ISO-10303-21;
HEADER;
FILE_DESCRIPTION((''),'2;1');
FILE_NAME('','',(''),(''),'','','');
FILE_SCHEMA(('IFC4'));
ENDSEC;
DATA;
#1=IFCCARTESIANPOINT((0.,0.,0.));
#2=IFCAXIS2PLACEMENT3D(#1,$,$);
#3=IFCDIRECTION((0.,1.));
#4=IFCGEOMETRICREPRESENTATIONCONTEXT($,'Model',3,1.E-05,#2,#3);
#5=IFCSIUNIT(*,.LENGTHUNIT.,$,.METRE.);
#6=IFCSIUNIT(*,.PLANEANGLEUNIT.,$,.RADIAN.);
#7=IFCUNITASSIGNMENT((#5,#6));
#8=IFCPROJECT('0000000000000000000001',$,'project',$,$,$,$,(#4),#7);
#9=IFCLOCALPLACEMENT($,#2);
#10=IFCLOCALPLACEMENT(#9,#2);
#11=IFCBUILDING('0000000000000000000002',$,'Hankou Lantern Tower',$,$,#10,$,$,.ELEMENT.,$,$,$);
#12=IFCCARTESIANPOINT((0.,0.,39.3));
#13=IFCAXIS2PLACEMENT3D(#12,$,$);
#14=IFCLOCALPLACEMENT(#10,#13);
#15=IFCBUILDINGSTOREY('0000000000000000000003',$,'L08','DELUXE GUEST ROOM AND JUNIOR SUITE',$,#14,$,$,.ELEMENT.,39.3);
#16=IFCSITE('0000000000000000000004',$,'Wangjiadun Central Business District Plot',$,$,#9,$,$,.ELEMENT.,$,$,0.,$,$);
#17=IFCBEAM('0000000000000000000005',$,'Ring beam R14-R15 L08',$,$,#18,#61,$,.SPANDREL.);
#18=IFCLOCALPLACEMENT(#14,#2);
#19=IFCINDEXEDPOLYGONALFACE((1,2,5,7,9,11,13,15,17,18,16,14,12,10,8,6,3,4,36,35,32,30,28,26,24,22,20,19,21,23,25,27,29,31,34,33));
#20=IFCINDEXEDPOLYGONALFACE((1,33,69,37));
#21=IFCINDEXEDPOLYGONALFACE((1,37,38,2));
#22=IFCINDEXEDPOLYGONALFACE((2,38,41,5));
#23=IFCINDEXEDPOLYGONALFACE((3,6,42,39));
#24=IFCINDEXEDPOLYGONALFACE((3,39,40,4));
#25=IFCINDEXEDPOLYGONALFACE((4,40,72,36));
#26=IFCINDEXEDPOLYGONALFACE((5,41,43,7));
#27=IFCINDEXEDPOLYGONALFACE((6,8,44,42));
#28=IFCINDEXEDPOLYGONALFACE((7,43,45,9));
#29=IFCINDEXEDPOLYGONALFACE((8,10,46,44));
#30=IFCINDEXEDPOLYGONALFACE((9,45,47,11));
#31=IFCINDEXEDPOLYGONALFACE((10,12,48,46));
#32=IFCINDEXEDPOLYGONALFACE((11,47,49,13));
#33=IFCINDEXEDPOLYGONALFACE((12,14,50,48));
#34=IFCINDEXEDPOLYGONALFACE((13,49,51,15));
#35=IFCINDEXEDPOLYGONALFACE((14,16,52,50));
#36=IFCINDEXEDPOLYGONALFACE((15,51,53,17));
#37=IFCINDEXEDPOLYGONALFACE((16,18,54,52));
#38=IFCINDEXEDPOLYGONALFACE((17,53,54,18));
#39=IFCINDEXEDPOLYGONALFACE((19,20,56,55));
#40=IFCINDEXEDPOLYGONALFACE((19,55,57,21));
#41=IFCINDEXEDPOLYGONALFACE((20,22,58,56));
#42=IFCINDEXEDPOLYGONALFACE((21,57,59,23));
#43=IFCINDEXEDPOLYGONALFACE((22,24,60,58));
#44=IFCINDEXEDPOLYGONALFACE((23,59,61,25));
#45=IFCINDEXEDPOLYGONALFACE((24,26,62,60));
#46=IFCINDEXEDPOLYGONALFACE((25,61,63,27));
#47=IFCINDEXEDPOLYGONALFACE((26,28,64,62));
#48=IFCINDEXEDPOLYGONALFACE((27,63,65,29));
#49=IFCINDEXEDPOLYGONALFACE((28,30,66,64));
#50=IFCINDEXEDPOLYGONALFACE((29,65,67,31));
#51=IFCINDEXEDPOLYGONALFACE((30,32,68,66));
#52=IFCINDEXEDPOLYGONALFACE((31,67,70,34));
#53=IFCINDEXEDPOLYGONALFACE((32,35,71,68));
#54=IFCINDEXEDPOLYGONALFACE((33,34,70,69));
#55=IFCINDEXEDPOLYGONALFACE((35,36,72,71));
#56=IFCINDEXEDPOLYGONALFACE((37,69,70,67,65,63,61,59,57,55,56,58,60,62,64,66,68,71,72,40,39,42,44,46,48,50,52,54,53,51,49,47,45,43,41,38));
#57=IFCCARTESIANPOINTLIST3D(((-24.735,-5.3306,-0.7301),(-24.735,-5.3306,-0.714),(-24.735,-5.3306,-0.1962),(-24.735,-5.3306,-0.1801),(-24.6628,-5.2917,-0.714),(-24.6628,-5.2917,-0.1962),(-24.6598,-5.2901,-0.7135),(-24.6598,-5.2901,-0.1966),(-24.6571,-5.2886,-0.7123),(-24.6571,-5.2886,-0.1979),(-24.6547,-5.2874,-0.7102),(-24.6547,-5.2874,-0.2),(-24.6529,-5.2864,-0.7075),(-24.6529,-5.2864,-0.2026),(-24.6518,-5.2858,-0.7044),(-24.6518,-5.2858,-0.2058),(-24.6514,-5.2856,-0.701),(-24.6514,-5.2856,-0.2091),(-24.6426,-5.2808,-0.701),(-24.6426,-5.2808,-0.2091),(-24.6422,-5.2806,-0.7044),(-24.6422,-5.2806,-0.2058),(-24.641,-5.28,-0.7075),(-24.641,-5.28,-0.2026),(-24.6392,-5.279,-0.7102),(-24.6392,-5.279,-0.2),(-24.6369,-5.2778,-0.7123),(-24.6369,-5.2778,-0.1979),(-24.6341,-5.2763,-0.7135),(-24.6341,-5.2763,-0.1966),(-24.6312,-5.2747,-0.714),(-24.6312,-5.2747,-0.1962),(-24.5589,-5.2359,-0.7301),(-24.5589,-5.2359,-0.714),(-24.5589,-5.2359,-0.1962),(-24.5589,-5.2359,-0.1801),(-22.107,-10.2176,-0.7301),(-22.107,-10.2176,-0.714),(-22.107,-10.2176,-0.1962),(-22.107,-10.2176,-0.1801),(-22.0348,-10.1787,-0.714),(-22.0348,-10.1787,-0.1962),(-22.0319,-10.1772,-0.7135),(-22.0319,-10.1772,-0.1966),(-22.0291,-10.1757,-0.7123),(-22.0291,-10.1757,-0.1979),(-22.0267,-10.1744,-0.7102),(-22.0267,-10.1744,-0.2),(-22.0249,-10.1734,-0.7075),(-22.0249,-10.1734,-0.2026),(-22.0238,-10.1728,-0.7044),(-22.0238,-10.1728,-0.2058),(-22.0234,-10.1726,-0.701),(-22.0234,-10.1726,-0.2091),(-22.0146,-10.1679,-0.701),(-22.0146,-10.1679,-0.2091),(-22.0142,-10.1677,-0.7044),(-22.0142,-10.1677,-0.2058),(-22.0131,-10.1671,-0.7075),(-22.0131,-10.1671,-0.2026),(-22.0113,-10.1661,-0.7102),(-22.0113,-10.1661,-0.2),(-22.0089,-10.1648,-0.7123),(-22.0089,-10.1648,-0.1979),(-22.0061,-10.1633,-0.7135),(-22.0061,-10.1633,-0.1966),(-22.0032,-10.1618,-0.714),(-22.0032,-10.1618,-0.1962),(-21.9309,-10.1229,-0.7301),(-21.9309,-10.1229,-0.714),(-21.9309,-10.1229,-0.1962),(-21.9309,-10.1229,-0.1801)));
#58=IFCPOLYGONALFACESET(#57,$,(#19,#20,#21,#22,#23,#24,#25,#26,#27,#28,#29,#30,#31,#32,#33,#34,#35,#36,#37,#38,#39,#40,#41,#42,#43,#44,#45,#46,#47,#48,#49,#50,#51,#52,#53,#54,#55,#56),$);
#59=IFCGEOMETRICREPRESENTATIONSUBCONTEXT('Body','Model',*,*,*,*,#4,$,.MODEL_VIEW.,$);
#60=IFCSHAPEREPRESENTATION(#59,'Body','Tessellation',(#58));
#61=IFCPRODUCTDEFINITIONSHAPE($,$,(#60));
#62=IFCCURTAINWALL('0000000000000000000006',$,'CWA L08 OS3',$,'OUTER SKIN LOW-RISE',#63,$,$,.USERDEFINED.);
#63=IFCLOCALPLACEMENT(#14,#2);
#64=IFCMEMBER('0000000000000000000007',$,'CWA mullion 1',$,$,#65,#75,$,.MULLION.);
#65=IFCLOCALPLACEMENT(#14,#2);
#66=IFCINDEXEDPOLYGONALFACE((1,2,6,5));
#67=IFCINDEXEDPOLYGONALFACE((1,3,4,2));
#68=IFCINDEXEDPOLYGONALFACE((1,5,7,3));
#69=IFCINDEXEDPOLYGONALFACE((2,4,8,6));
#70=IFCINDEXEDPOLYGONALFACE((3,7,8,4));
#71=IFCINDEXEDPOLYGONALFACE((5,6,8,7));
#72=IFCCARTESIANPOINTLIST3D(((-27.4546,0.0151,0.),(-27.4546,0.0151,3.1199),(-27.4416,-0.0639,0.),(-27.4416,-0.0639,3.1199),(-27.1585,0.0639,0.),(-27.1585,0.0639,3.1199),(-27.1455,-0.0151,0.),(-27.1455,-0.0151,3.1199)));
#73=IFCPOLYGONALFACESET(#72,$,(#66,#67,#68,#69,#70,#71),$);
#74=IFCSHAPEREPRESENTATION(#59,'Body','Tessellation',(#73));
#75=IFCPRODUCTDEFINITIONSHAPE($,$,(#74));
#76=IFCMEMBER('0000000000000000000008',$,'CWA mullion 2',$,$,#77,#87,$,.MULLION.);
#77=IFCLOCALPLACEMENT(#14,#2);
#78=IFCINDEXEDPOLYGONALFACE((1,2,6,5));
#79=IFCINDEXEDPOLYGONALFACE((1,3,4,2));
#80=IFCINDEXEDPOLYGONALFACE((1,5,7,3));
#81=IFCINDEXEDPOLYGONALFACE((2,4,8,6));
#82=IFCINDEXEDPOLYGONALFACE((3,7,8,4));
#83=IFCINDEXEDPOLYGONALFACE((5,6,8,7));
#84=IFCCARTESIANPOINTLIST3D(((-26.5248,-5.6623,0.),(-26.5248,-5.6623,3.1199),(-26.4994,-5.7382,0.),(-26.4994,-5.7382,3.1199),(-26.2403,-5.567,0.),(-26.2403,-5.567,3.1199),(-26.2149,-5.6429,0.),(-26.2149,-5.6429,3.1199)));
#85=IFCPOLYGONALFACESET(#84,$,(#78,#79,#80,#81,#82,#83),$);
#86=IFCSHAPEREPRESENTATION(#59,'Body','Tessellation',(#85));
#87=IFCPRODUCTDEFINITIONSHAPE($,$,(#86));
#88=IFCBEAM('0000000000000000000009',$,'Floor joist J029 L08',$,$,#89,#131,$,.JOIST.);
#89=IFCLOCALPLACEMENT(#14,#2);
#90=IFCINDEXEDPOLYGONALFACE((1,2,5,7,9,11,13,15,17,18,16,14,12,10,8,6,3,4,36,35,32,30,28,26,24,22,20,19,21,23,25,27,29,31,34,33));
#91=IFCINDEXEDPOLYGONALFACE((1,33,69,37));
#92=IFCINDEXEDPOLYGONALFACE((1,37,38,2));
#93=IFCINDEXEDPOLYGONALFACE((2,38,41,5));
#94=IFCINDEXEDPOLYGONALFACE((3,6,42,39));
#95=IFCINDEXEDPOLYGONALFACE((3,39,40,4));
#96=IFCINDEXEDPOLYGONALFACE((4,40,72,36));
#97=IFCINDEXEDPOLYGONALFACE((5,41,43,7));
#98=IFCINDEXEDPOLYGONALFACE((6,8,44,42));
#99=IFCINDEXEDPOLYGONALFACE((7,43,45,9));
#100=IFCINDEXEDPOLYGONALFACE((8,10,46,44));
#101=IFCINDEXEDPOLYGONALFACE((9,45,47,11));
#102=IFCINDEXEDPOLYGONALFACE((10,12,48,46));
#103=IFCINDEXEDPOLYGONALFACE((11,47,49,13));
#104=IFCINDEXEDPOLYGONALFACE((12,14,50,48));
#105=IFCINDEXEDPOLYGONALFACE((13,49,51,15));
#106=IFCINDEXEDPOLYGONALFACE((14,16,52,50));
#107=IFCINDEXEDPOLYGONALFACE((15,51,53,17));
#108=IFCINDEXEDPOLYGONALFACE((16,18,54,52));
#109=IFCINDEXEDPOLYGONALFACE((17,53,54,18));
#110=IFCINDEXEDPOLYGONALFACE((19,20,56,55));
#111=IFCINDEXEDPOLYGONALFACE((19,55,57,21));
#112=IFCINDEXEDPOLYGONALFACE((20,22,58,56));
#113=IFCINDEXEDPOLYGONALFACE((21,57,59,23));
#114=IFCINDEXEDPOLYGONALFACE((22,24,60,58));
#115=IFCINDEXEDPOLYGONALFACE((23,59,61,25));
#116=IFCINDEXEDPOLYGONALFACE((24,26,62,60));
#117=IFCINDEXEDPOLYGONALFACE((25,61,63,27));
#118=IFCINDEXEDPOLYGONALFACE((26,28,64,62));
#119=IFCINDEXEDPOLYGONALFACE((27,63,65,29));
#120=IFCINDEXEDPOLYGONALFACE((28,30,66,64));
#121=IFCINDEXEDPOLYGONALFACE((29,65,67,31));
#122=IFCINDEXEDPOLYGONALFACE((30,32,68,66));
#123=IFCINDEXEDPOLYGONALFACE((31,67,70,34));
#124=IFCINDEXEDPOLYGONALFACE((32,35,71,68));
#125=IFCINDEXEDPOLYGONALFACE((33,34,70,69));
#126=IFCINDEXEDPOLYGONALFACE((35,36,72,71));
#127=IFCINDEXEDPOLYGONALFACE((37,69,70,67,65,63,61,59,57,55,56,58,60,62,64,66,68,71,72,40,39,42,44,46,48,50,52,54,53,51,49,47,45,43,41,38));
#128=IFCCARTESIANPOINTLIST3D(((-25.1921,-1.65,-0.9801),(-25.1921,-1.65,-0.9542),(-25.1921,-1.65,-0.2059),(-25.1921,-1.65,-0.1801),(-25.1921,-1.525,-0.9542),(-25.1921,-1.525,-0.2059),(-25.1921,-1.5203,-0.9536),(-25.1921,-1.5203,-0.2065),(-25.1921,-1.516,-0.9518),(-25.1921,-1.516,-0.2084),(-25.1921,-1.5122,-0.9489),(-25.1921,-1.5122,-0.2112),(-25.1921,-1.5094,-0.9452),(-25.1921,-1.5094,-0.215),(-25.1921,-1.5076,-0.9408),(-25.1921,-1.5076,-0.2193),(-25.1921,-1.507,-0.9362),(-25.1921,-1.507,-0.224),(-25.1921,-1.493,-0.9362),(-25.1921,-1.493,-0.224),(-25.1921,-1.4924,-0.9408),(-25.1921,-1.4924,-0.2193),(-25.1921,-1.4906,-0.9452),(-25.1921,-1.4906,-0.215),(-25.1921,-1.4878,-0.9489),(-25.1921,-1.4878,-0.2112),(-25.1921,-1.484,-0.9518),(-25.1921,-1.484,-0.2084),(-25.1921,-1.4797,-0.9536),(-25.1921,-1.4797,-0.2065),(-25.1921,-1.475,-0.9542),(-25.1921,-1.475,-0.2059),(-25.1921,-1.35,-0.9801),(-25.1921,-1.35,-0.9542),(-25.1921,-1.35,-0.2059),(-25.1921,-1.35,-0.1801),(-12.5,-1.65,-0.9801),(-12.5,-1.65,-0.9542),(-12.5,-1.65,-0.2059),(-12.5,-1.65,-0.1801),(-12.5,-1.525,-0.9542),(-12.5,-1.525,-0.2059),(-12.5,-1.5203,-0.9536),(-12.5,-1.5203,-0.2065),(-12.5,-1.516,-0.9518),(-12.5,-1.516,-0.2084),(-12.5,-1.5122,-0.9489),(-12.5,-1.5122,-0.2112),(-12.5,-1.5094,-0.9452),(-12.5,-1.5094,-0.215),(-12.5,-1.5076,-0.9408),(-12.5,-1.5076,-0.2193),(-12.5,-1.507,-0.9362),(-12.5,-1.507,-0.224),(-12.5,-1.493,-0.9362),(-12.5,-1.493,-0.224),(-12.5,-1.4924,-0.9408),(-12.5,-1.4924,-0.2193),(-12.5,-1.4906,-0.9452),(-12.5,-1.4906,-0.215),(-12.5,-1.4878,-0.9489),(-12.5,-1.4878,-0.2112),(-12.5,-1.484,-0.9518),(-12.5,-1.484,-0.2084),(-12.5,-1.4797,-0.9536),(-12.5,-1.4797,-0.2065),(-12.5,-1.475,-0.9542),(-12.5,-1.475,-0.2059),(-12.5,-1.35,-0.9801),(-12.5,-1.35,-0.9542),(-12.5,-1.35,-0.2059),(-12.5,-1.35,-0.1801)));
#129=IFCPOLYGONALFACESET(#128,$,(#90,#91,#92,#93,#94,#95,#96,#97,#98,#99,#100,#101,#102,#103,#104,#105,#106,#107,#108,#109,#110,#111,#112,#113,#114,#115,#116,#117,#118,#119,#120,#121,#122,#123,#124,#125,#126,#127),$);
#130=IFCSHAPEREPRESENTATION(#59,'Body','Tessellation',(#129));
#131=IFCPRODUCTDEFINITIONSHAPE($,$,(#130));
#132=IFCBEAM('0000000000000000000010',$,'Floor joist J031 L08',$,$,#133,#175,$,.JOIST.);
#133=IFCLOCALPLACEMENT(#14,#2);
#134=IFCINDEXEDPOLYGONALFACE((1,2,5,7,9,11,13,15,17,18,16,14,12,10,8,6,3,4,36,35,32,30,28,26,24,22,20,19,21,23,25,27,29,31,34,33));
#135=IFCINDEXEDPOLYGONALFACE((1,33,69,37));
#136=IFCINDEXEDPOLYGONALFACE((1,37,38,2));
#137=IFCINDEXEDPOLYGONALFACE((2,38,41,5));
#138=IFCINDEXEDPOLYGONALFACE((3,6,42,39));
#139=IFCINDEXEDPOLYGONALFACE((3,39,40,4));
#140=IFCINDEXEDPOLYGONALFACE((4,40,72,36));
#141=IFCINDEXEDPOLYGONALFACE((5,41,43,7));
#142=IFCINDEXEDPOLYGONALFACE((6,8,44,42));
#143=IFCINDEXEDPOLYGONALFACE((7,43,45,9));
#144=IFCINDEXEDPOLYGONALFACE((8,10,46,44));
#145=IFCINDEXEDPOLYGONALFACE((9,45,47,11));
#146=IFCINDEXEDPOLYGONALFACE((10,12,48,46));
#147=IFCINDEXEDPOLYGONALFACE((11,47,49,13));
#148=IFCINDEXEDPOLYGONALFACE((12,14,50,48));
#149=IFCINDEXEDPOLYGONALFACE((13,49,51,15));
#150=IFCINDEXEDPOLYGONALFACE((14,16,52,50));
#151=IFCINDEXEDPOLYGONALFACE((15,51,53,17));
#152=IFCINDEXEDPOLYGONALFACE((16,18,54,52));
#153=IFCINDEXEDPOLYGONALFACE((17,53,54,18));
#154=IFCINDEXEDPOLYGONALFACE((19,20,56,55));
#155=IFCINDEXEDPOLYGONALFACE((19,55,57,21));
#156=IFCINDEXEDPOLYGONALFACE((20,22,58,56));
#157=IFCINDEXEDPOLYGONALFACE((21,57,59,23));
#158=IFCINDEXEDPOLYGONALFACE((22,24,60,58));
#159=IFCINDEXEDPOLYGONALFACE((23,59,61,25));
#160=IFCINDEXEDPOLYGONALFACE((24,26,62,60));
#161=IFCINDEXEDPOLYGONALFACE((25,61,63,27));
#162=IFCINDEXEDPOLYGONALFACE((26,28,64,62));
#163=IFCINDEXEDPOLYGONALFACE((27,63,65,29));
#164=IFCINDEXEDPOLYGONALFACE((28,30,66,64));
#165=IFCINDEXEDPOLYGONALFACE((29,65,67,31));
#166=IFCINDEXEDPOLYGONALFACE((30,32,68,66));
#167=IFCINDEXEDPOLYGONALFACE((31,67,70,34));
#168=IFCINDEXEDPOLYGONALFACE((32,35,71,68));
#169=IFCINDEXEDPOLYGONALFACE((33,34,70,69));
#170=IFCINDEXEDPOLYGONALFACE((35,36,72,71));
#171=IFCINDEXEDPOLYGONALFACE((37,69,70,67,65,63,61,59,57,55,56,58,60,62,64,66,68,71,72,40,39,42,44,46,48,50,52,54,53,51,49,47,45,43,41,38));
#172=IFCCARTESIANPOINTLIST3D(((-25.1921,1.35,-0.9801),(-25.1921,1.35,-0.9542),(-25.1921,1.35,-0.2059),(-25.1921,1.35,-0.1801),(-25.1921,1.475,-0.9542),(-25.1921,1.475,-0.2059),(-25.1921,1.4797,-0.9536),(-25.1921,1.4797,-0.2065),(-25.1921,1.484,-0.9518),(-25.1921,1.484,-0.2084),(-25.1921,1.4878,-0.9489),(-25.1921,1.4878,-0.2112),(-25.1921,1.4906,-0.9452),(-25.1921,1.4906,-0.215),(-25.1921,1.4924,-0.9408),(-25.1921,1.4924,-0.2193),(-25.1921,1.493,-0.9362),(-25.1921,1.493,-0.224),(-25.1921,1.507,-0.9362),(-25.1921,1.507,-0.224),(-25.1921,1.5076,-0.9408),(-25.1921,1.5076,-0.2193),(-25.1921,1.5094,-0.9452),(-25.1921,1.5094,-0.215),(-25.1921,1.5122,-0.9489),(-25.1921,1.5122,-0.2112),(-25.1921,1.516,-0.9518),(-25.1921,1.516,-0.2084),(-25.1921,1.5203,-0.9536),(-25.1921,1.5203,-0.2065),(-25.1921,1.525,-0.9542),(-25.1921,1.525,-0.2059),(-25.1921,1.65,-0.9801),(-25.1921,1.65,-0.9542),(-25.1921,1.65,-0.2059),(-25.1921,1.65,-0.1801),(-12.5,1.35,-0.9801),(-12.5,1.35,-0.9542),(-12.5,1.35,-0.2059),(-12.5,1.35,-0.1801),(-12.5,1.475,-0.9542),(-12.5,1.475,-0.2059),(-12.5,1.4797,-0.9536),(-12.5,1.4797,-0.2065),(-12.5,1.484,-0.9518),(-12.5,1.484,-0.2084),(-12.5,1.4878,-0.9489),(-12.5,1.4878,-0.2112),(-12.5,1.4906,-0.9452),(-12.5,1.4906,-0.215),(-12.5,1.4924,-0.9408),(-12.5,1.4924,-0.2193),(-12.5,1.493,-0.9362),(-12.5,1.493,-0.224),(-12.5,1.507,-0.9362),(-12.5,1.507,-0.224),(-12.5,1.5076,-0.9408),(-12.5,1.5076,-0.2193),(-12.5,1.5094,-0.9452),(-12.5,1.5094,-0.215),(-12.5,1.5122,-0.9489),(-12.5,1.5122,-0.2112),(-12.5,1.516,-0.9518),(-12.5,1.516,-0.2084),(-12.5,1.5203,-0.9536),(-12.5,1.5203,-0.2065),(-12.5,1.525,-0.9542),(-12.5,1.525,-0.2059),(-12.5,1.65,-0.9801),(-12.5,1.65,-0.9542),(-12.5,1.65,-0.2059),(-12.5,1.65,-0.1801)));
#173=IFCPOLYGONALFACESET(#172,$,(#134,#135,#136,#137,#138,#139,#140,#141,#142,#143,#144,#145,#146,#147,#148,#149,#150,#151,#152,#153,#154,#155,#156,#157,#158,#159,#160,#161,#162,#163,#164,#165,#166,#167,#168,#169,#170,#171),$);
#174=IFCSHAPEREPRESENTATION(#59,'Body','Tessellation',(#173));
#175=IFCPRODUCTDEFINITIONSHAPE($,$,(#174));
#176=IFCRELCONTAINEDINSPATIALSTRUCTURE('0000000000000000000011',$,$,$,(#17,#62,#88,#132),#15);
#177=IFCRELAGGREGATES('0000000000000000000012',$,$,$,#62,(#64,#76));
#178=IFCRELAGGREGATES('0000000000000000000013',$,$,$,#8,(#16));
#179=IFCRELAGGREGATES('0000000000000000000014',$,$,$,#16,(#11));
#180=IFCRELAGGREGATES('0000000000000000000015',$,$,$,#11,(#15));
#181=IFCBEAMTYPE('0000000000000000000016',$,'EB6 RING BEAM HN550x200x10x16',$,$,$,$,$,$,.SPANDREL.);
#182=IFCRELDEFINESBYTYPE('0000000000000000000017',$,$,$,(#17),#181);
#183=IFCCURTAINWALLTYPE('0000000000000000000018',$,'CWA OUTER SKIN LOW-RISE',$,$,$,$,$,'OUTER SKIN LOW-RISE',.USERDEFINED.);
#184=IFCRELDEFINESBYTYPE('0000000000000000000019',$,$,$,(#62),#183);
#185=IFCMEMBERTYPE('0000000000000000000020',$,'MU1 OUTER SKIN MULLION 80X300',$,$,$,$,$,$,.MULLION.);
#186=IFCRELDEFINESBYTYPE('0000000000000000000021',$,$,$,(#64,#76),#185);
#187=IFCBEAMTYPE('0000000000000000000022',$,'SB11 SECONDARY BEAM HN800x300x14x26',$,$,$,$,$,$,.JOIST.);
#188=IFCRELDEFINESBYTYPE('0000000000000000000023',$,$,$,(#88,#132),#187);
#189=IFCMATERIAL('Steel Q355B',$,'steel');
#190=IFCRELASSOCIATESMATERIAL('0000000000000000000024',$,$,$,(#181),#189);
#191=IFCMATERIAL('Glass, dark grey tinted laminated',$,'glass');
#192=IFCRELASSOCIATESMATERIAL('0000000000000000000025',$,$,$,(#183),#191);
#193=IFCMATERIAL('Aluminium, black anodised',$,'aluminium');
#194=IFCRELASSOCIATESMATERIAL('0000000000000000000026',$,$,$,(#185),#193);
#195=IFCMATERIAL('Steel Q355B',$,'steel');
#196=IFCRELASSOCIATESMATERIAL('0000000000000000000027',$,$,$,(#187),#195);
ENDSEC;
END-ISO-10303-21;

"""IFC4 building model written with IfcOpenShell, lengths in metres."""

from ifc_helpers import new_model, si_unit, direction, frame, origin, origin_2d, place, context, subcontext, project, spatial, rectangle, i_section, extrude, material, material_profile, profile_set, type_object, element, aggregate, save


model = new_model("IFC4")

# Units and contexts
model_context = context("Model", 3, precision=1e-05, world=origin(), true_north=direction((0.0, 1.0)))
body_context = subcontext(model_context, "Body", "Model", "MODEL_VIEW")
ifc_project = project(units=[si_unit("LENGTHUNIT", "METRE"), si_unit("PLANEANGLEUNIT", "RADIAN")], contexts=[model_context])

# Site, building, storey
site_placement = place(None, origin())
site = spatial("IfcSite", under=ifc_project, at=site_placement, Name="Wangjiadun Central Business District Plot", CompositionType="ELEMENT", RefElevation=0.0)
building_placement = place(site_placement, origin())
building = spatial("IfcBuilding", under=site, at=building_placement, Name="Hankou Lantern Tower", CompositionType="ELEMENT")
storey_placement = place(building_placement, frame((0.0, 0.0, 39.3)))
storey = spatial("IfcBuildingStorey", under=building, at=storey_placement, Name="L08", Description="DELUXE GUEST ROOM AND JUNIOR SUITE", CompositionType="ELEMENT", Elevation=39.3)

# Beam
ifc_material_1 = material(Name="Steel Q355B", Category="steel")
ifc_material_profile_1 = material_profile(ifc_material_1, i_section(OverallWidth=0.2, OverallDepth=0.55, WebThickness=0.01, FlangeThickness=0.0161, FilletRadius=0.0129, at=origin_2d()), Name="HN550x200x10x16")
ifc_profile_set_1 = profile_set([ifc_material_profile_1], Name="Steel Q355B")
beam_type_1 = type_object("IfcBeamType", Name="EB6 RING BEAM HN550x200x10x16", PredefinedType="SPANDREL", material=ifc_profile_set_1)
beam_1_placement = place(storey_placement, frame((-24.647, -5.2832, -0.4551), z_axis=(0.473609, -0.880735, 0.0), x_axis=(0.880735, 0.473609, 0.0)))
element("IfcBeam", 1, at=beam_1_placement, inside=storey, type_object=beam_type_1, Name="Ring beam R14-R15 L08", PredefinedType="SPANDREL", context=body_context, shape_type="SweptSolid", body=[
    extrude(i_section(OverallWidth=0.2, OverallDepth=0.55, WebThickness=0.01, FlangeThickness=0.0161, FilletRadius=0.0129, at=origin_2d()), origin(), (0.0, 0.0, 1.0), 5.5488),
])

# Curtain wall, members
ifc_material_2 = material(Name="Glass, dark grey tinted laminated", Category="glass")
curtain_wall_type = type_object("IfcCurtainWallType", Name="CWA OUTER SKIN LOW-RISE", ElementType="OUTER SKIN LOW-RISE", PredefinedType="USERDEFINED", material=ifc_material_2)
curtain_wall_1_placement = place(storey_placement, origin())
curtain_wall_1 = element("IfcCurtainWall", 2, at=curtain_wall_1_placement, inside=storey, type_object=curtain_wall_type, Name="CWA L08 OS3", ObjectType="OUTER SKIN LOW-RISE", PredefinedType="USERDEFINED")
ifc_material_3 = material(Name="Aluminium, black anodised", Category="aluminium")
ifc_material_profile_2 = material_profile(ifc_material_3, rectangle(XDim=0.0801, YDim=0.3, at=origin_2d()), Name="MU1 80X300")
ifc_profile_set_2 = profile_set([ifc_material_profile_2], Name="Aluminium, black anodised")
member_type_1 = type_object("IfcMemberType", Name="MU1 OUTER SKIN MULLION 80X300", PredefinedType="MULLION", material=ifc_profile_set_2)
member_1_placement = place(storey_placement, frame((-27.3, 0.0, 0.0), z_axis=(0.0, 0.0, 1.0), x_axis=(0.162382, -0.986728, 0.0)))
member_1 = element("IfcMember", 3, at=member_1_placement, type_object=member_type_1, Name="CWA mullion 1", PredefinedType="MULLION", context=body_context, shape_type="SweptSolid", body=[
    extrude(rectangle(XDim=0.0801, YDim=0.3, at=origin_2d()), origin(), (0.0, 0.0, 1.0), 3.1199),
])
member_2_placement = place(storey_placement, frame((-26.3699, -5.6526, 0.0), z_axis=(0.0, 0.0, 1.0), x_axis=(0.317596, -0.948226, 0.0)))
member_2 = element("IfcMember", 4, at=member_2_placement, type_object=member_type_1, Name="CWA mullion 2", PredefinedType="MULLION", context=body_context, shape_type="SweptSolid", body=[
    extrude(rectangle(XDim=0.0801, YDim=0.3, at=origin_2d()), origin(), (0.0, 0.0, 1.0), 3.1199),
])

# Beams
ifc_material_4 = material(Name="Steel Q355B", Category="steel")
ifc_material_profile_3 = material_profile(ifc_material_4, i_section(OverallWidth=0.3, OverallDepth=0.8, WebThickness=0.0139, FlangeThickness=0.0259, FilletRadius=0.0181, at=origin_2d()), Name="HN800x300x14x26")
ifc_profile_set_3 = profile_set([ifc_material_profile_3], Name="Steel Q355B")
beam_type_2 = type_object("IfcBeamType", Name="SB11 SECONDARY BEAM HN800x300x14x26", PredefinedType="JOIST", material=ifc_profile_set_3)
for number, where, z_axis, x_axis, name in (
    (5, (-25.1921, -1.5, -0.5801), (1.0, 0.0, 0.0), (0.0, 1.0, 0.0), "Floor joist J029 L08"),
    (6, (-25.1921, 1.5, -0.5801), (1.0, 0.0, 0.0), (0.0, 1.0, 0.0), "Floor joist J031 L08"),
):
    element("IfcBeam", number, at=place(storey_placement, frame(where, z_axis=z_axis, x_axis=x_axis)), inside=storey, type_object=beam_type_2, Name=name, PredefinedType="JOIST", context=body_context, shape_type="SweptSolid", body=[
        extrude(i_section(OverallWidth=0.3, OverallDepth=0.8, WebThickness=0.0139, FlangeThickness=0.0259, FilletRadius=0.0181, at=origin_2d()), origin(), (0.0, 0.0, 1.0), 12.6921),
    ])

aggregate(curtain_wall_1, [member_1, member_2])

save(model, "model.ifc")
